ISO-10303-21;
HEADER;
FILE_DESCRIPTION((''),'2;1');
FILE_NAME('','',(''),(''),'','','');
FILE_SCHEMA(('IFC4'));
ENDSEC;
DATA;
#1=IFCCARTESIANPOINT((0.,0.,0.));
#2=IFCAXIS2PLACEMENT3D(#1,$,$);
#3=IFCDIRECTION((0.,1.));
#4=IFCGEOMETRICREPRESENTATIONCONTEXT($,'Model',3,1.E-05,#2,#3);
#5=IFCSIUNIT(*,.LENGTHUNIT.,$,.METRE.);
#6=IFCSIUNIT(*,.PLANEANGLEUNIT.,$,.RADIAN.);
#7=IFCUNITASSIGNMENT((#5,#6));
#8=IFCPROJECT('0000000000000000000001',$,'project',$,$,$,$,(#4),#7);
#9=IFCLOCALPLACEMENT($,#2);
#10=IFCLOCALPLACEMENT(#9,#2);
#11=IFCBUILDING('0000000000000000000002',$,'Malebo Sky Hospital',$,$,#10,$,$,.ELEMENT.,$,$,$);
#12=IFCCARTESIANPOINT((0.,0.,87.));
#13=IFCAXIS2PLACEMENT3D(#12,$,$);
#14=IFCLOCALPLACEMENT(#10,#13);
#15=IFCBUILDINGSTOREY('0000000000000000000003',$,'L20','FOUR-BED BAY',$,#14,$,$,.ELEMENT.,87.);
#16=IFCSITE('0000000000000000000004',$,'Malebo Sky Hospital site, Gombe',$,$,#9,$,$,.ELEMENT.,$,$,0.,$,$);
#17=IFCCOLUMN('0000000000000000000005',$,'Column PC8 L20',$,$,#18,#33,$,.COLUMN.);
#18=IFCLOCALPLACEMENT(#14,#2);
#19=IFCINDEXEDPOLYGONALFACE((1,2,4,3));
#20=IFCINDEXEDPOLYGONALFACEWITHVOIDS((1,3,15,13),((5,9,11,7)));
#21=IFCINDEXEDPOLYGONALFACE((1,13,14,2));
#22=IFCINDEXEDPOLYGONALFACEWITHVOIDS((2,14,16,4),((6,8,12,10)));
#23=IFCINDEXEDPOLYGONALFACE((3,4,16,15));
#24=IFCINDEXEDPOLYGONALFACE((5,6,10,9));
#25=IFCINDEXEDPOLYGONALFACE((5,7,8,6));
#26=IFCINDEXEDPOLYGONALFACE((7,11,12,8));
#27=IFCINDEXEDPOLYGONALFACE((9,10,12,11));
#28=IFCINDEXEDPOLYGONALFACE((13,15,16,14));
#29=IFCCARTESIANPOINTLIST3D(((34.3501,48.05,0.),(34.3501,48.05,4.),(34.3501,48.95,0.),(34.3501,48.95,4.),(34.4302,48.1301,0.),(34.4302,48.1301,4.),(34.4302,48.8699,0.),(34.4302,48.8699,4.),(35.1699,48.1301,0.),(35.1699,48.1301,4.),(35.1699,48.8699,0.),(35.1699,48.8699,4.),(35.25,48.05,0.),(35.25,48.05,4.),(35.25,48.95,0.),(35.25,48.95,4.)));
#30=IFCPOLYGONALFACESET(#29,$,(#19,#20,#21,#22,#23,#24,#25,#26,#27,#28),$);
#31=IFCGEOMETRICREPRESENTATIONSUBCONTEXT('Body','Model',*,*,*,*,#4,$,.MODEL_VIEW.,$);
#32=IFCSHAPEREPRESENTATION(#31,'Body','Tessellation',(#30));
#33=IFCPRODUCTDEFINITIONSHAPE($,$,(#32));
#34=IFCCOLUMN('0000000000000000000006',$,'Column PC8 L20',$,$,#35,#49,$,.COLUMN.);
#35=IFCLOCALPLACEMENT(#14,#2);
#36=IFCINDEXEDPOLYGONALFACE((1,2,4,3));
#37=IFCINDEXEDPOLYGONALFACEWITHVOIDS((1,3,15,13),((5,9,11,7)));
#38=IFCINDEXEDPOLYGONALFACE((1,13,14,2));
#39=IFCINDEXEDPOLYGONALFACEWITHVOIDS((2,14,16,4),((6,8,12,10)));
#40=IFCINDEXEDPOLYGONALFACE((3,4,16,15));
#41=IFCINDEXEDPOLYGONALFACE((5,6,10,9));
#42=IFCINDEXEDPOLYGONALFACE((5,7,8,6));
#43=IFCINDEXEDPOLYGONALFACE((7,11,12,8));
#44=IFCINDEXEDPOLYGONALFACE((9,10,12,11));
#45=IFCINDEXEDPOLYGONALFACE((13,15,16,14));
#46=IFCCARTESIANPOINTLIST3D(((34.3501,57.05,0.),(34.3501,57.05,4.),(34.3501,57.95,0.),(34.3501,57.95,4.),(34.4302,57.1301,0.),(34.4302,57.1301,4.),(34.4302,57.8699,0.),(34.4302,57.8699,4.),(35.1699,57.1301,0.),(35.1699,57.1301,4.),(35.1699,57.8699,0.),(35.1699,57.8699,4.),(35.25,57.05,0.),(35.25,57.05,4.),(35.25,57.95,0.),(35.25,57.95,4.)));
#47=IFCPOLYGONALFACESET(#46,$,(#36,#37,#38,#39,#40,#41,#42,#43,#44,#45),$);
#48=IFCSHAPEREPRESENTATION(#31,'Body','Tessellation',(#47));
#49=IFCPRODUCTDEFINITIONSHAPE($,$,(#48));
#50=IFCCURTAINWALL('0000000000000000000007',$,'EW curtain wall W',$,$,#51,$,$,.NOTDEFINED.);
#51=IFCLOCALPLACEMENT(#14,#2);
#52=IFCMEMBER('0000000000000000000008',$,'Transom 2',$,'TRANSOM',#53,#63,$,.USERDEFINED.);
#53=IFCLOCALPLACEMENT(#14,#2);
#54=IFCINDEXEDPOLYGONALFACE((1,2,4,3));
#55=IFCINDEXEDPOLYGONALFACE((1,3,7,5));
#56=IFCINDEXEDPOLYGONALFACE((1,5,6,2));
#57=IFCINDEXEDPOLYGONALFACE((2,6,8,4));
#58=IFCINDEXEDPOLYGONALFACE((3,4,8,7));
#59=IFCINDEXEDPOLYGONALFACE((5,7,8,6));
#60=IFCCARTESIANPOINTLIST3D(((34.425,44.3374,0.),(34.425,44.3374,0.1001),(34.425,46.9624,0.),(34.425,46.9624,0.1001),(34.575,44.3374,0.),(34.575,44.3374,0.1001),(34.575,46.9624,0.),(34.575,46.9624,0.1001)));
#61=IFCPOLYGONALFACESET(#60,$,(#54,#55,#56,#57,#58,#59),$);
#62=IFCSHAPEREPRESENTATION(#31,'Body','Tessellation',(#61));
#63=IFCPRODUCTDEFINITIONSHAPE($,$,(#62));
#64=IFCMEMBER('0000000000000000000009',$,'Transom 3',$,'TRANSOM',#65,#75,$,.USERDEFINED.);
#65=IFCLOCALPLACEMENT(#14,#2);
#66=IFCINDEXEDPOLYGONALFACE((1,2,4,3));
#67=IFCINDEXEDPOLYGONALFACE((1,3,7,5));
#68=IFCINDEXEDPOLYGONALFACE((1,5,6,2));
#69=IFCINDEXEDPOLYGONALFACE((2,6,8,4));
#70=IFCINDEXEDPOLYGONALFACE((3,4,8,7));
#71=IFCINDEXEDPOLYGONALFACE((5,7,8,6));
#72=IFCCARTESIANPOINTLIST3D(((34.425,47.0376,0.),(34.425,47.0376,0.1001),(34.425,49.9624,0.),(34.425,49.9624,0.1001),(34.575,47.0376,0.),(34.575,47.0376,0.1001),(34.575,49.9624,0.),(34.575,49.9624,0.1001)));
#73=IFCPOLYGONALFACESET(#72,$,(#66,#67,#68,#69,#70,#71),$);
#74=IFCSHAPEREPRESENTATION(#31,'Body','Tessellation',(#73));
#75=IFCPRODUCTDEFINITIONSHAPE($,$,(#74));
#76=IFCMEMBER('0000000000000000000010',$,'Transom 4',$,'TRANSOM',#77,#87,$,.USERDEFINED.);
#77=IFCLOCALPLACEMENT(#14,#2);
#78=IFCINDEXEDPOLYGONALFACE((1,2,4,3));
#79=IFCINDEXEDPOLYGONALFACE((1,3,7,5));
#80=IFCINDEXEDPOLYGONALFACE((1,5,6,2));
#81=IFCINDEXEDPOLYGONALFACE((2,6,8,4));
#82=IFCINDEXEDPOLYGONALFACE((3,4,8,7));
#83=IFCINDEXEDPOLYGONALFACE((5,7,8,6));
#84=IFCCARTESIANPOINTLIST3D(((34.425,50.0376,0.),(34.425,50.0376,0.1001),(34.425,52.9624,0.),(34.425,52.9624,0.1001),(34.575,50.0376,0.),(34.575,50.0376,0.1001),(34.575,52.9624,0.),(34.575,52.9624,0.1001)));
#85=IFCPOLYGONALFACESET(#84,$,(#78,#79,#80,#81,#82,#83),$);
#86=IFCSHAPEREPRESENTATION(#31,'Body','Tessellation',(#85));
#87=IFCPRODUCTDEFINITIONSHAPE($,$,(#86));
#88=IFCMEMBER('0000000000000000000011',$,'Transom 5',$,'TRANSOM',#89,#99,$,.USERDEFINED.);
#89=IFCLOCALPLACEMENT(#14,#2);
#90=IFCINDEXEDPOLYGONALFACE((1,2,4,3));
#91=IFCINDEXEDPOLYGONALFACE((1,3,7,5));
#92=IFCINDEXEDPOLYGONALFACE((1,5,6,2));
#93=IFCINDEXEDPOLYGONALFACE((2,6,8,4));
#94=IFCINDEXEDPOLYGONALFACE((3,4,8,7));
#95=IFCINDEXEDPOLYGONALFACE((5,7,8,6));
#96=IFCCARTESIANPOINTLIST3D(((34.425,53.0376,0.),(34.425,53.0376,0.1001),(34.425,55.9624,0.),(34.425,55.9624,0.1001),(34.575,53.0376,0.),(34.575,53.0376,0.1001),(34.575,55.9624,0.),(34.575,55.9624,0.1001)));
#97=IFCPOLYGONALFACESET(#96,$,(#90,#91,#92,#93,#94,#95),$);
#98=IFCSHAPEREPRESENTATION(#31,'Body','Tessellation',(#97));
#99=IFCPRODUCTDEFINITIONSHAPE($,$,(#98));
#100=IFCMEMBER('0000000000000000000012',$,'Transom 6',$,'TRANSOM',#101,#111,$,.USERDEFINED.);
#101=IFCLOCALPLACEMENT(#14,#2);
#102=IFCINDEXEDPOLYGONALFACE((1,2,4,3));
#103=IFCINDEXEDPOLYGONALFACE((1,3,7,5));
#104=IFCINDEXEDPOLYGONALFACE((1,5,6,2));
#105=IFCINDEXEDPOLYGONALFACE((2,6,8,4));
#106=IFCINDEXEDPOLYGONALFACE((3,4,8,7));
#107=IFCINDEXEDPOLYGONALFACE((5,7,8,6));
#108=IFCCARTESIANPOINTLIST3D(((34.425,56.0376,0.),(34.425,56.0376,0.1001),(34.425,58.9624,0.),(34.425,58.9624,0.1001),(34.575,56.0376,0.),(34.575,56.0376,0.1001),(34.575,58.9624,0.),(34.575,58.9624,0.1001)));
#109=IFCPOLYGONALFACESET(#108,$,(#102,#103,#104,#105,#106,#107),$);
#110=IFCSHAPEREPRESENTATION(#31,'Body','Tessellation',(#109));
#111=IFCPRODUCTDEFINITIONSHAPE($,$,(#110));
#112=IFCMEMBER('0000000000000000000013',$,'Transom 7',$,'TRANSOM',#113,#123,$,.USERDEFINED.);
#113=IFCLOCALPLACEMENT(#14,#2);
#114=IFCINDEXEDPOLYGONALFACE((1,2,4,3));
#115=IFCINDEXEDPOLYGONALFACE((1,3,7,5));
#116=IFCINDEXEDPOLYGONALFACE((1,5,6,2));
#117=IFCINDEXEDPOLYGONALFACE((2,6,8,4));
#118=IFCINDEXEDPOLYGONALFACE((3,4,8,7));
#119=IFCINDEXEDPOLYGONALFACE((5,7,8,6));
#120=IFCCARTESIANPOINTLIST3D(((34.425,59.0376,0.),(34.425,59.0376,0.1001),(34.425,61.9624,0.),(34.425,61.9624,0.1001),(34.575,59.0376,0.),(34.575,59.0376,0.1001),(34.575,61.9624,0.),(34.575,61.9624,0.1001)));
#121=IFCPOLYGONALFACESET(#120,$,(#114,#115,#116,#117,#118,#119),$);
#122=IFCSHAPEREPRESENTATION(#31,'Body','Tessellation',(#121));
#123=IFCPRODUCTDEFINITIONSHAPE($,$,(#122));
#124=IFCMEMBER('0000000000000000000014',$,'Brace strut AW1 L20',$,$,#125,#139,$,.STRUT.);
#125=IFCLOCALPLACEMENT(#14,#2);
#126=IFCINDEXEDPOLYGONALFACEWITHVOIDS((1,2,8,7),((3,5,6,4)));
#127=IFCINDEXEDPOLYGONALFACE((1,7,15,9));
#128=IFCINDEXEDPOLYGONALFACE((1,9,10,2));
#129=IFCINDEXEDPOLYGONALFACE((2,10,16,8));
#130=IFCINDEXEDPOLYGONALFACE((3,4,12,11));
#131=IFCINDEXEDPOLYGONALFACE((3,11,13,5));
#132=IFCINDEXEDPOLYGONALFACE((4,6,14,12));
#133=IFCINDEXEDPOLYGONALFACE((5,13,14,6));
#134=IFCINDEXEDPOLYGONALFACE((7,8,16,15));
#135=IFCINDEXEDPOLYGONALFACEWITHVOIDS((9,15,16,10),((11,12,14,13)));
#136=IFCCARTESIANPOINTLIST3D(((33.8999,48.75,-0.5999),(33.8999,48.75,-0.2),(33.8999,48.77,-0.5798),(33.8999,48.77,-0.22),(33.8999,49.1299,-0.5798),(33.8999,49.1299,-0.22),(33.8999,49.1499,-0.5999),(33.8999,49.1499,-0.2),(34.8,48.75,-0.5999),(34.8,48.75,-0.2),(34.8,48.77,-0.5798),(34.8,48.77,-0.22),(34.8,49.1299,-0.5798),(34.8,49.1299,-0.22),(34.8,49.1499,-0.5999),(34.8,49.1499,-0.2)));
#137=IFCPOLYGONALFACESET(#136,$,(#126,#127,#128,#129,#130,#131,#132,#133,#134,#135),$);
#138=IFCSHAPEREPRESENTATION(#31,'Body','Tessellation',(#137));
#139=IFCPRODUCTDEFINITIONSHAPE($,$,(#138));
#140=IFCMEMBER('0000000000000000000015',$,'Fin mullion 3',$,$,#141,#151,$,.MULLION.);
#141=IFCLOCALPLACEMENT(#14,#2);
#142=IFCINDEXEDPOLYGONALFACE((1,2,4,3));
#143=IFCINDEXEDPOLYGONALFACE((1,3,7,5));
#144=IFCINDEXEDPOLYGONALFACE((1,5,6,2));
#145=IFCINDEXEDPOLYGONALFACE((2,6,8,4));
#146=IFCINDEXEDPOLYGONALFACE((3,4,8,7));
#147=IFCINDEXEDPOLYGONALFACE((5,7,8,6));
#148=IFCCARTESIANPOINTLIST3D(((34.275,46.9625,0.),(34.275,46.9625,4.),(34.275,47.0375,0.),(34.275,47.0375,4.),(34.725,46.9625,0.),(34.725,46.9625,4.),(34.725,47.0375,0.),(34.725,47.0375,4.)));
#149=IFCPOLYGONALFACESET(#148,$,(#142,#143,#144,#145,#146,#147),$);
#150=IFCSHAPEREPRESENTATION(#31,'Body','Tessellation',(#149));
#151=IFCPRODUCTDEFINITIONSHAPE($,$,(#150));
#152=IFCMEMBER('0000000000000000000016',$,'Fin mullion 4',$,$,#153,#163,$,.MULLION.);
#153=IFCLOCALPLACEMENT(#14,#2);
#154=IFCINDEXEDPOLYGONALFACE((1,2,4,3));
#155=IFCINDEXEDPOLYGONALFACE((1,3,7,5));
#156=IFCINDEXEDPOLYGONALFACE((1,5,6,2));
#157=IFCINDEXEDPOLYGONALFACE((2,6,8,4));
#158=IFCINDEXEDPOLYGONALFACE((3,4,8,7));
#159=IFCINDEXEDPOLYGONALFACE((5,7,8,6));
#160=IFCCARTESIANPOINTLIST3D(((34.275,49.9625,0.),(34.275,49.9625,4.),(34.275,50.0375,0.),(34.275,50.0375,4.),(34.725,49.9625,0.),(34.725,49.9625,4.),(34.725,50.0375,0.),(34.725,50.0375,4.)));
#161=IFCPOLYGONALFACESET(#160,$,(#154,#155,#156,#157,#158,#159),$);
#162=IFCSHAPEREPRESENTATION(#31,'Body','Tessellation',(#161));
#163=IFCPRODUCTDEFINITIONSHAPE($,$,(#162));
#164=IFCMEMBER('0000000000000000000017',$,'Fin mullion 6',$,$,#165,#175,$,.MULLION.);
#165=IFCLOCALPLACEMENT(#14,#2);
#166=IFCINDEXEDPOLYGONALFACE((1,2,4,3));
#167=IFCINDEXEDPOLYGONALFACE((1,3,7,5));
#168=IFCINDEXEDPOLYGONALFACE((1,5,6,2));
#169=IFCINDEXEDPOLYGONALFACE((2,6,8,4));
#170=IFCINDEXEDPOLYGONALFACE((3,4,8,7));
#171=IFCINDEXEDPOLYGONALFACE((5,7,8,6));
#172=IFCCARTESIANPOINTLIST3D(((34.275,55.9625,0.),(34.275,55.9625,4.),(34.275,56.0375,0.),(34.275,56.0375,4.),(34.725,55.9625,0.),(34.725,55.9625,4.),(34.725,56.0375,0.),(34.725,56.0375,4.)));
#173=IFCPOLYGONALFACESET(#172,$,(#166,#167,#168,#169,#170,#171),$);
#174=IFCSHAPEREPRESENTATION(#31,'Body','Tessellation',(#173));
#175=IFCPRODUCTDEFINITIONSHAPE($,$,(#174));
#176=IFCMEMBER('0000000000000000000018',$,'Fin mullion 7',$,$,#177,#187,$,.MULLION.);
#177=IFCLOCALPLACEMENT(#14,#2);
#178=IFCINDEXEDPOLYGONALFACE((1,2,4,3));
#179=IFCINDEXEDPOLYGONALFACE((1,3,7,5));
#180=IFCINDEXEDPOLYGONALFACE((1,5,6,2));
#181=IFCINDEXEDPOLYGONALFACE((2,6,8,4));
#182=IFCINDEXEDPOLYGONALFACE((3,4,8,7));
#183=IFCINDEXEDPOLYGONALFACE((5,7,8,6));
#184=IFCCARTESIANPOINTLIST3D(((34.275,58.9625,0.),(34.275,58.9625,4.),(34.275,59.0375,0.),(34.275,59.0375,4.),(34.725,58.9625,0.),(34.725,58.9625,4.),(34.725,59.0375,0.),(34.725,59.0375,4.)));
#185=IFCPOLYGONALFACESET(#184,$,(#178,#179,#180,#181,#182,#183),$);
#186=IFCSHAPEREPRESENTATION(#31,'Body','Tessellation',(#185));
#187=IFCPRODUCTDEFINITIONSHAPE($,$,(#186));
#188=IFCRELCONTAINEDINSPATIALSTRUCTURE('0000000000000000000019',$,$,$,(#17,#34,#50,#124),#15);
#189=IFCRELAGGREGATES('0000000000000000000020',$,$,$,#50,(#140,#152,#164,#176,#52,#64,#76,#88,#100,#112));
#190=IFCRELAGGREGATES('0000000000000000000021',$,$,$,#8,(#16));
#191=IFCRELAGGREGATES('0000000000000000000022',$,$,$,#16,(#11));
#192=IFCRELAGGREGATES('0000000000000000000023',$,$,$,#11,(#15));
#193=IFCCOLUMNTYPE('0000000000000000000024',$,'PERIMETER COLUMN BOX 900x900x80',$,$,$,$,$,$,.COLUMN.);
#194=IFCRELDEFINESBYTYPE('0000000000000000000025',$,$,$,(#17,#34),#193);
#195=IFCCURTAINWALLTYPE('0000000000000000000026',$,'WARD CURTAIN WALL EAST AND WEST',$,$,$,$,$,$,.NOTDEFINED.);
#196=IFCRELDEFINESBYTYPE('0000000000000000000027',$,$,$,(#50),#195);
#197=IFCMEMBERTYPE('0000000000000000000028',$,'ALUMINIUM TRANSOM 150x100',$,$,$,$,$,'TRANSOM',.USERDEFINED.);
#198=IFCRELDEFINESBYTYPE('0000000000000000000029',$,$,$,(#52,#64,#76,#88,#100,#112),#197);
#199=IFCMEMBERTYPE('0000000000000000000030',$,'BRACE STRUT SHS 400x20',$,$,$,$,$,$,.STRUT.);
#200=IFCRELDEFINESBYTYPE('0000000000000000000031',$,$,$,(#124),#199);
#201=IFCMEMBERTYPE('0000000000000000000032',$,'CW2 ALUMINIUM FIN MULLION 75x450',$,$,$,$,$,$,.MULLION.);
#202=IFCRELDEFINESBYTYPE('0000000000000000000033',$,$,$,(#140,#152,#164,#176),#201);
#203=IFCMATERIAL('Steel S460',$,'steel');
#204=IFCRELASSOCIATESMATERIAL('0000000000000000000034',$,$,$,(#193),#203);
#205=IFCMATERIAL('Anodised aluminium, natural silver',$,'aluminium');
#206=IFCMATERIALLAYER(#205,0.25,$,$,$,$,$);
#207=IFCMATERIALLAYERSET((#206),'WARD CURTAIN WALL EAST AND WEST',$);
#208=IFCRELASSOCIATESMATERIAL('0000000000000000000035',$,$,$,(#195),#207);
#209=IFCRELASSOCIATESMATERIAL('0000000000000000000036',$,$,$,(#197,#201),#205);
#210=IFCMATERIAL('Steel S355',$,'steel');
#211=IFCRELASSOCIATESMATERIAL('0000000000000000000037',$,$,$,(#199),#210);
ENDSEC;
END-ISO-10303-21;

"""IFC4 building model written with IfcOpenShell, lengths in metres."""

from ifc_helpers import new_model, si_unit, direction, frame, origin, origin_2d, place, context, subcontext, project, spatial, rectangle, hollow_rectangle, extrude, material, layer, layer_set, material_profile, profile_set, type_object, element, aggregate, save


model = new_model("IFC4")

# Units and contexts
model_context = context("Model", 3, precision=1e-05, world=origin(), true_north=direction((0.0, 1.0)))
body_context = subcontext(model_context, "Body", "Model", "MODEL_VIEW")
ifc_project = project(units=[si_unit("LENGTHUNIT", "METRE"), si_unit("PLANEANGLEUNIT", "RADIAN")], contexts=[model_context])

# Site, building, storey
site_placement = place(None, origin())
site = spatial("IfcSite", under=ifc_project, at=site_placement, Name="Malebo Sky Hospital site, Gombe", CompositionType="ELEMENT", RefElevation=0.0)
building_placement = place(site_placement, origin())
building = spatial("IfcBuilding", under=site, at=building_placement, Name="Malebo Sky Hospital", CompositionType="ELEMENT")
storey_placement = place(building_placement, frame((0.0, 0.0, 87.0)))
storey = spatial("IfcBuildingStorey", under=building, at=storey_placement, Name="L20", Description="FOUR-BED BAY", CompositionType="ELEMENT", Elevation=87.0)

# Columns
ifc_material_1 = material(Name="Steel S460", Category="steel")
ifc_material_profile_1 = material_profile(ifc_material_1, hollow_rectangle(XDim=0.8999, YDim=0.8999, WallThickness=0.0801, at=origin_2d()), Name="BOX 900x900x80")
ifc_profile_set_1 = profile_set([ifc_material_profile_1], Name="Steel S460")
column_type = type_object("IfcColumnType", Name="PERIMETER COLUMN BOX 900x900x80", PredefinedType="COLUMN", material=ifc_profile_set_1)
for number, where, z_axis, x_axis, name in (
    (1, (34.8, 48.5, 0.0), (0.0, 0.0, 1.0), (1.0, 0.0, 0.0), "Column PC8 L20"),
    (2, (34.8, 57.5, 0.0), (0.0, 0.0, 1.0), (1.0, 0.0, 0.0), "Column PC8 L20"),
):
    element("IfcColumn", number, at=place(storey_placement, frame(where, z_axis=z_axis, x_axis=x_axis)), inside=storey, type_object=column_type, Name=name, PredefinedType="COLUMN", context=body_context, shape_type="SweptSolid", body=[
        extrude(hollow_rectangle(XDim=0.8999, YDim=0.8999, WallThickness=0.0801, at=origin_2d()), origin(), (0.0, 0.0, 1.0), 4.0),
    ])

# Curtain wall, members
ifc_material_2 = material(Name="Anodised aluminium, natural silver", Category="aluminium")
ifc_layer_1 = layer(ifc_material_2, 0.25)
ifc_layer_set_1 = layer_set([ifc_layer_1], Name="WARD CURTAIN WALL EAST AND WEST")
curtain_wall_type = type_object("IfcCurtainWallType", Name="WARD CURTAIN WALL EAST AND WEST", PredefinedType="NOTDEFINED", material=ifc_layer_set_1)
curtain_wall_placement = place(storey_placement, origin())
curtain_wall = element("IfcCurtainWall", 3, at=curtain_wall_placement, inside=storey, type_object=curtain_wall_type, Name="EW curtain wall W", PredefinedType="NOTDEFINED")
ifc_material_profile_2 = material_profile(ifc_material_2, rectangle(XDim=0.1499, YDim=0.1001, at=origin_2d()), Name="ALUMINIUM TRANSOM 150x100")
ifc_profile_set_2 = profile_set([ifc_material_profile_2], Name="Anodised aluminium, natural silver")
member_type_1 = type_object("IfcMemberType", Name="ALUMINIUM TRANSOM 150x100", ElementType="TRANSOM", PredefinedType="USERDEFINED", material=ifc_profile_set_2)
member_1_placement = place(storey_placement, frame((34.5, 44.3374, 0.05), z_axis=(0.0, 1.0, 0.0), x_axis=(-1.0, 0.0, 0.0)))
member_1 = element("IfcMember", 4, at=member_1_placement, type_object=member_type_1, Name="Transom 2", ObjectType="TRANSOM", PredefinedType="USERDEFINED", context=body_context, shape_type="SweptSolid", body=[
    extrude(rectangle(XDim=0.1499, YDim=0.1001, at=origin_2d()), origin(), (0.0, 0.0, 1.0), 2.625),
])
member_2_placement = place(storey_placement, frame((34.5, 47.0376, 0.05), z_axis=(0.0, 1.0, 0.0), x_axis=(-1.0, 0.0, 0.0)))
member_2 = element("IfcMember", 5, at=member_2_placement, type_object=member_type_1, Name="Transom 3", ObjectType="TRANSOM", PredefinedType="USERDEFINED", context=body_context, shape_type="SweptSolid", body=[
    extrude(rectangle(XDim=0.1499, YDim=0.1001, at=origin_2d()), origin(), (0.0, 0.0, 1.0), 2.9248),
])
member_3_placement = place(storey_placement, frame((34.5, 50.0376, 0.05), z_axis=(0.0, 1.0, 0.0), x_axis=(-1.0, 0.0, 0.0)))
member_3 = element("IfcMember", 6, at=member_3_placement, type_object=member_type_1, Name="Transom 4", ObjectType="TRANSOM", PredefinedType="USERDEFINED", context=body_context, shape_type="SweptSolid", body=[
    extrude(rectangle(XDim=0.1499, YDim=0.1001, at=origin_2d()), origin(), (0.0, 0.0, 1.0), 2.9248),
])
member_4_placement = place(storey_placement, frame((34.5, 53.0376, 0.05), z_axis=(0.0, 1.0, 0.0), x_axis=(-1.0, 0.0, 0.0)))
member_4 = element("IfcMember", 7, at=member_4_placement, type_object=member_type_1, Name="Transom 5", ObjectType="TRANSOM", PredefinedType="USERDEFINED", context=body_context, shape_type="SweptSolid", body=[
    extrude(rectangle(XDim=0.1499, YDim=0.1001, at=origin_2d()), origin(), (0.0, 0.0, 1.0), 2.9248),
])
member_5_placement = place(storey_placement, frame((34.5, 56.0376, 0.05), z_axis=(0.0, 1.0, 0.0), x_axis=(-1.0, 0.0, 0.0)))
member_5 = element("IfcMember", 8, at=member_5_placement, type_object=member_type_1, Name="Transom 6", ObjectType="TRANSOM", PredefinedType="USERDEFINED", context=body_context, shape_type="SweptSolid", body=[
    extrude(rectangle(XDim=0.1499, YDim=0.1001, at=origin_2d()), origin(), (0.0, 0.0, 1.0), 2.9248),
])
member_6_placement = place(storey_placement, frame((34.5, 59.0376, 0.05), z_axis=(0.0, 1.0, 0.0), x_axis=(-1.0, 0.0, 0.0)))
member_6 = element("IfcMember", 9, at=member_6_placement, type_object=member_type_1, Name="Transom 7", ObjectType="TRANSOM", PredefinedType="USERDEFINED", context=body_context, shape_type="SweptSolid", body=[
    extrude(rectangle(XDim=0.1499, YDim=0.1001, at=origin_2d()), origin(), (0.0, 0.0, 1.0), 2.9248),
])

# Members
ifc_material_3 = material(Name="Steel S355", Category="steel")
ifc_material_profile_3 = material_profile(ifc_material_3, hollow_rectangle(XDim=0.3999, YDim=0.3999, WallThickness=0.02, at=origin_2d()), Name="SHS 400x20")
ifc_profile_set_3 = profile_set([ifc_material_profile_3], Name="Steel S355")
member_type_2 = type_object("IfcMemberType", Name="BRACE STRUT SHS 400x20", PredefinedType="STRUT", material=ifc_profile_set_3)
member_7_placement = place(storey_placement, frame((33.8999, 48.95, -0.3999), z_axis=(1.0, 0.0, 0.0), x_axis=(0.0, 1.0, 0.0)))
element("IfcMember", 10, at=member_7_placement, inside=storey, type_object=member_type_2, Name="Brace strut AW1 L20", PredefinedType="STRUT", context=body_context, shape_type="SweptSolid", body=[
    extrude(hollow_rectangle(XDim=0.3999, YDim=0.3999, WallThickness=0.02, at=origin_2d()), origin(), (0.0, 0.0, 1.0), 0.9001),
])
ifc_material_profile_4 = material_profile(ifc_material_2, rectangle(XDim=0.075, YDim=0.45, at=origin_2d()), Name="CW2 ALUMINIUM FIN MULLION 75x450")
ifc_profile_set_4 = profile_set([ifc_material_profile_4], Name="Anodised aluminium, natural silver")
member_type_3 = type_object("IfcMemberType", Name="CW2 ALUMINIUM FIN MULLION 75x450", PredefinedType="MULLION", material=ifc_profile_set_4)
member_8_placement = place(storey_placement, frame((34.5, 47.0, 0.0), z_axis=(0.0, 0.0, 1.0), x_axis=(0.0, 1.0, 0.0)))
member_8 = element("IfcMember", 11, at=member_8_placement, type_object=member_type_3, Name="Fin mullion 3", PredefinedType="MULLION", context=body_context, shape_type="SweptSolid", body=[
    extrude(rectangle(XDim=0.075, YDim=0.45, at=origin_2d()), origin(), (0.0, 0.0, 1.0), 4.0),
])
member_9_placement = place(storey_placement, frame((34.5, 50.0, 0.0), z_axis=(0.0, 0.0, 1.0), x_axis=(0.0, 1.0, 0.0)))
member_9 = element("IfcMember", 12, at=member_9_placement, type_object=member_type_3, Name="Fin mullion 4", PredefinedType="MULLION", context=body_context, shape_type="SweptSolid", body=[
    extrude(rectangle(XDim=0.075, YDim=0.45, at=origin_2d()), origin(), (0.0, 0.0, 1.0), 4.0),
])
member_10_placement = place(storey_placement, frame((34.5, 56.0, 0.0), z_axis=(0.0, 0.0, 1.0), x_axis=(0.0, 1.0, 0.0)))
member_10 = element("IfcMember", 13, at=member_10_placement, type_object=member_type_3, Name="Fin mullion 6", PredefinedType="MULLION", context=body_context, shape_type="SweptSolid", body=[
    extrude(rectangle(XDim=0.075, YDim=0.45, at=origin_2d()), origin(), (0.0, 0.0, 1.0), 4.0),
])
member_11_placement = place(storey_placement, frame((34.5, 59.0, 0.0), z_axis=(0.0, 0.0, 1.0), x_axis=(0.0, 1.0, 0.0)))
member_11 = element("IfcMember", 14, at=member_11_placement, type_object=member_type_3, Name="Fin mullion 7", PredefinedType="MULLION", context=body_context, shape_type="SweptSolid", body=[
    extrude(rectangle(XDim=0.075, YDim=0.45, at=origin_2d()), origin(), (0.0, 0.0, 1.0), 4.0),
])

aggregate(curtain_wall, [member_8, member_9, member_10, member_11, member_1, member_2, member_3, member_4, member_5, member_6])

save(model, "model.ifc")
